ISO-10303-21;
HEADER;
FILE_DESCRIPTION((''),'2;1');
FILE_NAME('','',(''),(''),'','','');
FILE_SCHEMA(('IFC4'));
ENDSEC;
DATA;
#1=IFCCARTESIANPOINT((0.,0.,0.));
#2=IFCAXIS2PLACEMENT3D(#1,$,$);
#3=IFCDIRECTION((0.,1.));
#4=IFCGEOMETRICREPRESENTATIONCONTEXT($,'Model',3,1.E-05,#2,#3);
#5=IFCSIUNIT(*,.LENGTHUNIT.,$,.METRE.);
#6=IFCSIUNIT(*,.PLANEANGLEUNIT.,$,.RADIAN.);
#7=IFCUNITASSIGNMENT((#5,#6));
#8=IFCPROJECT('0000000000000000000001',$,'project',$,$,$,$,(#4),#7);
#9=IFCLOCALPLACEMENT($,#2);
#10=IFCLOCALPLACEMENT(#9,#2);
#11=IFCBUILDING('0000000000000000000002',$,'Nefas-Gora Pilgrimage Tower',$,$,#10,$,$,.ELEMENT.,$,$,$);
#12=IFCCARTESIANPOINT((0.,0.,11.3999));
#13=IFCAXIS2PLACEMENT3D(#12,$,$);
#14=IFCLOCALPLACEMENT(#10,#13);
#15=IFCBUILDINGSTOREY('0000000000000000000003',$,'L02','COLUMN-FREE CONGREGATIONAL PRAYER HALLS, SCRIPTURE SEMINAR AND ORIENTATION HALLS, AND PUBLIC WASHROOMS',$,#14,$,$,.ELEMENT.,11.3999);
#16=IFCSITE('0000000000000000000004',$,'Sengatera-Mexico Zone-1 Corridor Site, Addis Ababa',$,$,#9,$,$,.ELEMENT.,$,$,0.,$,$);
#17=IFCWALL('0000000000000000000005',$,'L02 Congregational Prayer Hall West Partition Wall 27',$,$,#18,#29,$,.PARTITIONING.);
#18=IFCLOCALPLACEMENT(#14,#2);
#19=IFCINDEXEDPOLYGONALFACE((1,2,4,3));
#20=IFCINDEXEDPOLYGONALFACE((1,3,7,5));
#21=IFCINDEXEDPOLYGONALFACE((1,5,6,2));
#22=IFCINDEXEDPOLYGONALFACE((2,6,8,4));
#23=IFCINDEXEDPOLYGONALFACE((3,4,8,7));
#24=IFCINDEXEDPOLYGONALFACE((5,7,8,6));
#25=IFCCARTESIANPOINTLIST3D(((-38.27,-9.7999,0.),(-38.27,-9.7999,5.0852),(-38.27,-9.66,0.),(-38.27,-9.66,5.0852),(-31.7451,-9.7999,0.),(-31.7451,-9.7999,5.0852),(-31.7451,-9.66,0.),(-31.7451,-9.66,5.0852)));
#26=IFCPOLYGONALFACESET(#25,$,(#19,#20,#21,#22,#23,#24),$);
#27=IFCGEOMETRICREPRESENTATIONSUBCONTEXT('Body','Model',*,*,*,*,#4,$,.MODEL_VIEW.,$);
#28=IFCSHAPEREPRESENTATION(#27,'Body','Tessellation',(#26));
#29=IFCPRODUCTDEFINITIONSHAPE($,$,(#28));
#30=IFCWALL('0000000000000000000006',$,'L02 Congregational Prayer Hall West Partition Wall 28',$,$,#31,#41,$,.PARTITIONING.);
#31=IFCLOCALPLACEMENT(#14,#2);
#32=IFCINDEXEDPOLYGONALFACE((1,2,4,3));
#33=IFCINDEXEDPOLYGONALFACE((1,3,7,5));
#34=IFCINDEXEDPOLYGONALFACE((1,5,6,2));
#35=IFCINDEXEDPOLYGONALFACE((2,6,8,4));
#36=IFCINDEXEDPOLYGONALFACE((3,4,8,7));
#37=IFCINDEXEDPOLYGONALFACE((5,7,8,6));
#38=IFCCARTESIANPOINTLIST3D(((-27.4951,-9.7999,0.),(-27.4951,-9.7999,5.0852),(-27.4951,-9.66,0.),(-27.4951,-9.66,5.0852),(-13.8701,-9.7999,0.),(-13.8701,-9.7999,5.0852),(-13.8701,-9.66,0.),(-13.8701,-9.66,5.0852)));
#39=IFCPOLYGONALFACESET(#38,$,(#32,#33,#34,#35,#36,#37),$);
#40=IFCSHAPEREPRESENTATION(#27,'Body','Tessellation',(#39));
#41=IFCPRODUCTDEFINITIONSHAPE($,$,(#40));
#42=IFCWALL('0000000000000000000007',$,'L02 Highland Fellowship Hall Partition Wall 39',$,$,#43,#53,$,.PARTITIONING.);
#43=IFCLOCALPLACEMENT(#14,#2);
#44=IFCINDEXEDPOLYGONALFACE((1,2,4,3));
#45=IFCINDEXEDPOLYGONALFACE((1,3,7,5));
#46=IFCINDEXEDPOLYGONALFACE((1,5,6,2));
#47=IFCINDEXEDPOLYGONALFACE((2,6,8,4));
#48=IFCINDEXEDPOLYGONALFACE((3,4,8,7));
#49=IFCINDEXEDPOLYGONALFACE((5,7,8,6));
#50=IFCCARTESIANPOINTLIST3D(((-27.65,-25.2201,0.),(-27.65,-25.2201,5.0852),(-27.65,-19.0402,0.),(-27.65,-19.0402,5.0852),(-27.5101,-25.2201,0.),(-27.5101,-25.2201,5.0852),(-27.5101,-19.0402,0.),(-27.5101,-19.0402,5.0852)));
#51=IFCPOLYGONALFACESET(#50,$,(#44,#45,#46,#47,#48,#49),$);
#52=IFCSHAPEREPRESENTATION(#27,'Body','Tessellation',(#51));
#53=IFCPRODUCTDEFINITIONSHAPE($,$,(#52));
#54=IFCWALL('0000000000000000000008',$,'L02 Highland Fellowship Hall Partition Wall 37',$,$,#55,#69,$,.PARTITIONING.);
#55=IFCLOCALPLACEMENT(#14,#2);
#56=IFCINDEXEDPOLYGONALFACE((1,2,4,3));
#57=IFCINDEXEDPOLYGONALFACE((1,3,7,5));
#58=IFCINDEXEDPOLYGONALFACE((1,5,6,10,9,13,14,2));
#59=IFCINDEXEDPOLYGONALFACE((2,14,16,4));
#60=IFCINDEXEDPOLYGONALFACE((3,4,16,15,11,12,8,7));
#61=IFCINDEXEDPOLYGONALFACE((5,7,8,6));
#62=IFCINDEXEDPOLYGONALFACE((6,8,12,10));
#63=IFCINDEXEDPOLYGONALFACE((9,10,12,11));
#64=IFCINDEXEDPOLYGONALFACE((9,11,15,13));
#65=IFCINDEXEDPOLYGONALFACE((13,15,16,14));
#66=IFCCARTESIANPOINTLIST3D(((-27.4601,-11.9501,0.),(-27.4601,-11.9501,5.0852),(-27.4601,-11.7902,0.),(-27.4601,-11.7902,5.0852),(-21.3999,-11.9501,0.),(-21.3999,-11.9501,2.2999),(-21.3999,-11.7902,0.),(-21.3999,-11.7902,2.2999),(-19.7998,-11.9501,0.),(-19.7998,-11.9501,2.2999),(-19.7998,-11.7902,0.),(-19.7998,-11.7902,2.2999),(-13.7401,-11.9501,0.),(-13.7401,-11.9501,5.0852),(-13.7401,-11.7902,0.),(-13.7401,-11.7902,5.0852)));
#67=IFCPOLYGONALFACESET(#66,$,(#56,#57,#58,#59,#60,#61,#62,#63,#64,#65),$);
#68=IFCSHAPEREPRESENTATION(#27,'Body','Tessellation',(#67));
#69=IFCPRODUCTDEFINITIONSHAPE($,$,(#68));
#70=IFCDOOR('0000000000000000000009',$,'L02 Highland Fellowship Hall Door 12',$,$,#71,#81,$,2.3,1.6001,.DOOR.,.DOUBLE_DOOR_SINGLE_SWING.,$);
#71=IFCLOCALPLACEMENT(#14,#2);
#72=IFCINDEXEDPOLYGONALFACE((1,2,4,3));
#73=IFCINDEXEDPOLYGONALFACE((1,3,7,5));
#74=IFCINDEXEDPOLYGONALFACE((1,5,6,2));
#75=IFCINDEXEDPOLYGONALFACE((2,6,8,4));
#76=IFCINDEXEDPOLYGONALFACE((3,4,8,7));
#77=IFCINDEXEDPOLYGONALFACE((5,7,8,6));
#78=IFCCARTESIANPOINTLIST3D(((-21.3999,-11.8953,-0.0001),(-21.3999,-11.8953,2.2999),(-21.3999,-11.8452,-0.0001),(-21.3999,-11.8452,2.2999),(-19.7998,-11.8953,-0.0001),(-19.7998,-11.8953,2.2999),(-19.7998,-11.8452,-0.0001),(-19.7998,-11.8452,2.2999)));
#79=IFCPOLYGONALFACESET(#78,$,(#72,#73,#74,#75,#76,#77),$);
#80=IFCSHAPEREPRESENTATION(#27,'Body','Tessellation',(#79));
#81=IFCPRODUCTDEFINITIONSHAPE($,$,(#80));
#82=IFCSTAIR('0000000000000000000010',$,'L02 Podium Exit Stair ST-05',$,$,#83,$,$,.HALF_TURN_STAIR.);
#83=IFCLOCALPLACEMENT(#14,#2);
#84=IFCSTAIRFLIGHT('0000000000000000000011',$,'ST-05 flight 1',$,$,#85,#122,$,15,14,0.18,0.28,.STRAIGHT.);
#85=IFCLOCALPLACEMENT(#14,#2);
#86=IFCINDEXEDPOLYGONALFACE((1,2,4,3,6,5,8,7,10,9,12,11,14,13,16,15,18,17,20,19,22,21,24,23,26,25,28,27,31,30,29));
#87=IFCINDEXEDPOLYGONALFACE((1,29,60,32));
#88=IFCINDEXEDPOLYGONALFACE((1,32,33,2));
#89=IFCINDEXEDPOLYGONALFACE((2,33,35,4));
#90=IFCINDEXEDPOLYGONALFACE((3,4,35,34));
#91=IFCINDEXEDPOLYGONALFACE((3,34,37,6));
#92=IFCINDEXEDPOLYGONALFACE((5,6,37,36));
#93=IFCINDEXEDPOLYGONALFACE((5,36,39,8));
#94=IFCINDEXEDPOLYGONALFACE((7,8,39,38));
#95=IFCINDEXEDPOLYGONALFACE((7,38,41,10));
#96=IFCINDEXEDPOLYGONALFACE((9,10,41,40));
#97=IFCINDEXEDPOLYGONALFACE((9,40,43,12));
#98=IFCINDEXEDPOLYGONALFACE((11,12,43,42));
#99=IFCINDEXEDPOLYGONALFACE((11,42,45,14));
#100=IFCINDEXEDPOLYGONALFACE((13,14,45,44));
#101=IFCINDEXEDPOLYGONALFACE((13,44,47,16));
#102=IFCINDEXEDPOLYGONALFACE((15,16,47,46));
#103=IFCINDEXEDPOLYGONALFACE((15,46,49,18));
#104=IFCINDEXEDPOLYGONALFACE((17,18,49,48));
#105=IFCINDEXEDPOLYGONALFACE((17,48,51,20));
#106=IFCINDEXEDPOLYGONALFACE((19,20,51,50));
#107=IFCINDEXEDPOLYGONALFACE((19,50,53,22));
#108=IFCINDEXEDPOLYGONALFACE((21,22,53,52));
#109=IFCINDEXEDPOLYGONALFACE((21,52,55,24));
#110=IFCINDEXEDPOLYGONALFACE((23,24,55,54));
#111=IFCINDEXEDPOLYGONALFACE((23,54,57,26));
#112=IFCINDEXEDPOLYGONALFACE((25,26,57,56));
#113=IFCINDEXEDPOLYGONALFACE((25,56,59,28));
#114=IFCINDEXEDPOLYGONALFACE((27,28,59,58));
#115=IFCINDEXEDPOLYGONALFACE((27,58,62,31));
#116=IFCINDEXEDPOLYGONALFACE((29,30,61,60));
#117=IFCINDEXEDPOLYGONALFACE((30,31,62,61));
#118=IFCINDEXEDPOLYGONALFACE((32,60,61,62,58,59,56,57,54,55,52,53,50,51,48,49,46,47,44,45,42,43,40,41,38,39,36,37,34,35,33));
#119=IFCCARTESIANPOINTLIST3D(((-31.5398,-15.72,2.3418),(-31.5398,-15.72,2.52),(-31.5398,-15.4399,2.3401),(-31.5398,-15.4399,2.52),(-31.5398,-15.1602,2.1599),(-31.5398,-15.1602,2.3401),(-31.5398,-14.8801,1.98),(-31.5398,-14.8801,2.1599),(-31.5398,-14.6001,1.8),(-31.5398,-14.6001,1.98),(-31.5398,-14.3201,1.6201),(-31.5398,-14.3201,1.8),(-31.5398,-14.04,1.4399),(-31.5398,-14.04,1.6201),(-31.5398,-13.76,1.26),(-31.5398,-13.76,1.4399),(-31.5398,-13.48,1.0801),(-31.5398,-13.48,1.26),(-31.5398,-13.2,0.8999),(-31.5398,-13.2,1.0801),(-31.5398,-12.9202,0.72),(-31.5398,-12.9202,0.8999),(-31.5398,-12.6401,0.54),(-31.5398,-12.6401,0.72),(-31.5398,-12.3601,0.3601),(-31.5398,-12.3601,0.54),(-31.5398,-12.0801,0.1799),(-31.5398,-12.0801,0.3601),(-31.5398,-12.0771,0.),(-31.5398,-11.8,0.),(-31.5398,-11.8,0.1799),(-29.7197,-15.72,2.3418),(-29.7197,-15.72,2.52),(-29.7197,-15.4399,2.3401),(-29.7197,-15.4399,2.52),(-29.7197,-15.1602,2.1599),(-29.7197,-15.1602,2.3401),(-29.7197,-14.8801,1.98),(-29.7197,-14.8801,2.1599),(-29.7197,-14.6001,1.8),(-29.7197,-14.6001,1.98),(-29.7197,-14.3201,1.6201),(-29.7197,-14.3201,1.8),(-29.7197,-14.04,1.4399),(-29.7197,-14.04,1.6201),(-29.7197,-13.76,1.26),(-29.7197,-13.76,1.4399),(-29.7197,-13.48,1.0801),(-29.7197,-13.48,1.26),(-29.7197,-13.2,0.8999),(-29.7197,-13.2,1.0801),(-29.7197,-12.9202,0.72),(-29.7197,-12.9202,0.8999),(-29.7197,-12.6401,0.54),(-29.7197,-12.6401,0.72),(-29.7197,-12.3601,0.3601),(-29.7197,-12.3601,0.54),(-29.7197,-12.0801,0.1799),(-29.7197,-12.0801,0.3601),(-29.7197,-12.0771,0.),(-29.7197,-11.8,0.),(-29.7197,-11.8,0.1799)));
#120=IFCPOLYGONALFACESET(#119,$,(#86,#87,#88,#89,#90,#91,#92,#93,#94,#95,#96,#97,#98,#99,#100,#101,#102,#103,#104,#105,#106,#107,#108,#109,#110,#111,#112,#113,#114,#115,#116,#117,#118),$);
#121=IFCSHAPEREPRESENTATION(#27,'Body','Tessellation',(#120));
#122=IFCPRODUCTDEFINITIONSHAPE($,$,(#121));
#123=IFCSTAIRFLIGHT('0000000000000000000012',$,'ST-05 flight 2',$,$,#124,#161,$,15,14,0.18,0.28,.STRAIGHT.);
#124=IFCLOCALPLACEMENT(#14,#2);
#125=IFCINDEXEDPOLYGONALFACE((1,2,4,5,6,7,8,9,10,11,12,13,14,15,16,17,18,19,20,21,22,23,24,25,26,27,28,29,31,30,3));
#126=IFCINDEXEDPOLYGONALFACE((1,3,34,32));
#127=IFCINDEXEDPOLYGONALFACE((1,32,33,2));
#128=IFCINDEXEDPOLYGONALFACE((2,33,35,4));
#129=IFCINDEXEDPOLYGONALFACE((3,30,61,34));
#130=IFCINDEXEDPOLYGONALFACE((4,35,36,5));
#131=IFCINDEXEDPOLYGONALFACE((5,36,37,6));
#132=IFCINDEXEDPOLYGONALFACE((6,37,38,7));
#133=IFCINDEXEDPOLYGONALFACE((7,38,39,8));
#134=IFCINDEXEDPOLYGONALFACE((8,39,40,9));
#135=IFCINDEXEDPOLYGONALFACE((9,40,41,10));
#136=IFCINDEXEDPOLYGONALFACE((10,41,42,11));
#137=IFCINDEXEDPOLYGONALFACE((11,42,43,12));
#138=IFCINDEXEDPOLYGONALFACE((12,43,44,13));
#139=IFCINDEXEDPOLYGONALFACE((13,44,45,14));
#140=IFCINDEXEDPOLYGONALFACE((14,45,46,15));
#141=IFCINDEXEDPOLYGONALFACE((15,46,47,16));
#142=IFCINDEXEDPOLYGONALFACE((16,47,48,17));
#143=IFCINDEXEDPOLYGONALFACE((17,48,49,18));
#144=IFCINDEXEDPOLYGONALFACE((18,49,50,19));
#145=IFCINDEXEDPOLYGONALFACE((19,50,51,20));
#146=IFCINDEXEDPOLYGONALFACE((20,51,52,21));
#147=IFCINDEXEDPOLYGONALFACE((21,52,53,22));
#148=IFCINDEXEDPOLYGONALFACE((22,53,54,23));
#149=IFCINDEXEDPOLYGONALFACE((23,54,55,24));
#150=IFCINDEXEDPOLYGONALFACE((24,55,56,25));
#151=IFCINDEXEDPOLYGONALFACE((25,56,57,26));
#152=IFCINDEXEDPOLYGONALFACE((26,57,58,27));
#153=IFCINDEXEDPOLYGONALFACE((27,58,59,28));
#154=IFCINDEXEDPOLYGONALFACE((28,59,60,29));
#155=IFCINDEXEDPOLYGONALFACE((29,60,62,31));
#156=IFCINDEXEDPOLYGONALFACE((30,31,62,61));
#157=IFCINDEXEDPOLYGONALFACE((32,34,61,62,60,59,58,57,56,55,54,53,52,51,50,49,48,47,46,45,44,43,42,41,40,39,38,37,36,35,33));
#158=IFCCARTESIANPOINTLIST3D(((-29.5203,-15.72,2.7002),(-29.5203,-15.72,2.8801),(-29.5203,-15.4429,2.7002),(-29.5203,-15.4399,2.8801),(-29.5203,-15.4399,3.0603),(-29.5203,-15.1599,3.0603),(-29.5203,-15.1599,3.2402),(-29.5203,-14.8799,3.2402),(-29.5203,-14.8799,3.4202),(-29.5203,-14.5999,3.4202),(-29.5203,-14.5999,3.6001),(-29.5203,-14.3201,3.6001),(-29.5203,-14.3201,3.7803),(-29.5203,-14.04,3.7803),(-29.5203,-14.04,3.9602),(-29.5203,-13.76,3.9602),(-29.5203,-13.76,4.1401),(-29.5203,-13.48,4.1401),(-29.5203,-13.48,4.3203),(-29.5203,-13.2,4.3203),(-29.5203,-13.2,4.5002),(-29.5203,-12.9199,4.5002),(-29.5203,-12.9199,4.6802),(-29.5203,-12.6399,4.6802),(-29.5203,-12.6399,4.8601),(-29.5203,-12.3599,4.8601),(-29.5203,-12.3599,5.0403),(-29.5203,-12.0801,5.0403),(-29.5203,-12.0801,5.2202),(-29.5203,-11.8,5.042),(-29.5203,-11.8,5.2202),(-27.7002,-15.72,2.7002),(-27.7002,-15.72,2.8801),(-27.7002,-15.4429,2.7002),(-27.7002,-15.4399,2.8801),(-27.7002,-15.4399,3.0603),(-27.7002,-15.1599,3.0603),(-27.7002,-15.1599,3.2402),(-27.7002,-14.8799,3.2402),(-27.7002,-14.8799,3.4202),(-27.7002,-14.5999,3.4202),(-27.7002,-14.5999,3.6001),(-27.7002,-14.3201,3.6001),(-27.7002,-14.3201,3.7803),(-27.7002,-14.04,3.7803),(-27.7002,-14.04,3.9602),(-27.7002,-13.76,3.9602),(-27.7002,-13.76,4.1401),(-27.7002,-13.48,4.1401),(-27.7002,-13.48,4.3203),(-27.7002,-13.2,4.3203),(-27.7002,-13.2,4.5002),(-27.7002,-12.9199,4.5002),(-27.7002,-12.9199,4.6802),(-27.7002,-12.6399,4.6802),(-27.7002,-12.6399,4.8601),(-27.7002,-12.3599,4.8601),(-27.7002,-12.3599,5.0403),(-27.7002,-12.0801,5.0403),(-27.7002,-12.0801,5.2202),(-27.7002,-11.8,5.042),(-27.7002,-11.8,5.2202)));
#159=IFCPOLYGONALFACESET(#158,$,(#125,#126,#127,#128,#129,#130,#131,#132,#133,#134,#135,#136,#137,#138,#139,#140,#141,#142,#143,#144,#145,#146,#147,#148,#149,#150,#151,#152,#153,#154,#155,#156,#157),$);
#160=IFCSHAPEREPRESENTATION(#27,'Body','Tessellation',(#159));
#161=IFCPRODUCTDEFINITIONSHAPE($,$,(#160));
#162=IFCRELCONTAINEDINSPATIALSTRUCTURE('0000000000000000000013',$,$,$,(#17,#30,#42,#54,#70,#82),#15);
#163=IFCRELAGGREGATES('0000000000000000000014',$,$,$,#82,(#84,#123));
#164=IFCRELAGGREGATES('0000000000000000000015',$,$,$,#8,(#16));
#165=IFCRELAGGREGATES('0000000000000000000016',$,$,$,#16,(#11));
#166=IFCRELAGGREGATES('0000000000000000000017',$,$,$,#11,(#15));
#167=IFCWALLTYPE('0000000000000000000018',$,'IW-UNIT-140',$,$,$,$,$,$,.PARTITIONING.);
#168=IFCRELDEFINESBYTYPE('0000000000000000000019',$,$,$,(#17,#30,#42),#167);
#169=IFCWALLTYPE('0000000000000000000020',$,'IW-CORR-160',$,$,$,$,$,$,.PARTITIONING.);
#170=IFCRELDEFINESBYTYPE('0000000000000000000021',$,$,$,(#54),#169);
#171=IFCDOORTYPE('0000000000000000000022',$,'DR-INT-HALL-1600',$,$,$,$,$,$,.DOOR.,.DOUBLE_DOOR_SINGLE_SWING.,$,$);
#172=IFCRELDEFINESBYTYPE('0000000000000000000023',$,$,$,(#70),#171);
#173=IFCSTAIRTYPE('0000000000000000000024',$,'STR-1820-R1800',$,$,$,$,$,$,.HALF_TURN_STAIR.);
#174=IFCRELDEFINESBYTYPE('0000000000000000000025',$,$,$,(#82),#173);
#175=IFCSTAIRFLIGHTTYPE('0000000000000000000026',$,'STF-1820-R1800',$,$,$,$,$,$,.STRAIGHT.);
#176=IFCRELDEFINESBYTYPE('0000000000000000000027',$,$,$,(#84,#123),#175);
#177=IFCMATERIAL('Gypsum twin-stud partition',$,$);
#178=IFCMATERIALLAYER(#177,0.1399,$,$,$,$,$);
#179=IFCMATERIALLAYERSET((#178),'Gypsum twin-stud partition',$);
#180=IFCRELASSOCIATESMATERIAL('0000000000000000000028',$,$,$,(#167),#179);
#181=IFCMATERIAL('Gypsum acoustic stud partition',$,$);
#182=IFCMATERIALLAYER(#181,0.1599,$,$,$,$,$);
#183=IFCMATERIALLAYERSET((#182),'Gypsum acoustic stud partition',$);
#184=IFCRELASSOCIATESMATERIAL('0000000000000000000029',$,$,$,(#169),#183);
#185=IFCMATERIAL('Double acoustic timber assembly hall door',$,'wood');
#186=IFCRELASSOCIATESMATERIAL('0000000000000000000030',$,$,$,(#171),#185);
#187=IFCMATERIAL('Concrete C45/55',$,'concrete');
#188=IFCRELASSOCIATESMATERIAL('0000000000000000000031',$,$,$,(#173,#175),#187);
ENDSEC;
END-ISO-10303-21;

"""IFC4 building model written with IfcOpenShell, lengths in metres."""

from ifc_helpers import new_model, si_unit, direction, frame, frame_2d, origin, place, context, subcontext, project, spatial, polyline, rectangle, outline, extrude, source, transform, mapped, material, layer, layer_set, type_object, element, fill, aggregate, save


model = new_model("IFC4")

# Units and contexts
model_context = context("Model", 3, precision=1e-05, world=origin(), true_north=direction((0.0, 1.0)))
body_context = subcontext(model_context, "Body", "Model", "MODEL_VIEW")
ifc_project = project(units=[si_unit("LENGTHUNIT", "METRE"), si_unit("PLANEANGLEUNIT", "RADIAN")], contexts=[model_context])

# Site, building, storey
site_placement = place(None, origin())
site = spatial("IfcSite", under=ifc_project, at=site_placement, Name="Sengatera-Mexico Zone-1 Corridor Site, Addis Ababa", CompositionType="ELEMENT", RefElevation=0.0)
building_placement = place(site_placement, origin())
building = spatial("IfcBuilding", under=site, at=building_placement, Name="Nefas-Gora Pilgrimage Tower", CompositionType="ELEMENT")
storey_placement = place(building_placement, frame((0.0, 0.0, 11.3999)))
storey = spatial("IfcBuildingStorey", under=building, at=storey_placement, Name="L02", Description="COLUMN-FREE CONGREGATIONAL PRAYER HALLS, SCRIPTURE SEMINAR AND ORIENTATION HALLS, AND PUBLIC WASHROOMS", CompositionType="ELEMENT", Elevation=11.3999)

# Shared definitions
ifc_material_1 = material(Name="Concrete C45/55", Category="concrete")

# Walls
ifc_material_2 = material(Name="Gypsum twin-stud partition")
ifc_layer_1 = layer(ifc_material_2, 0.1399)
ifc_layer_set_1 = layer_set([ifc_layer_1], Name="Gypsum twin-stud partition")
wall_type_1 = type_object("IfcWallType", Name="IW-UNIT-140", PredefinedType="PARTITIONING", material=ifc_layer_set_1)
shared_shape_1 = source(origin(), body_context, "Body", "SweptSolid", [
    extrude(rectangle(XDim=6.5249, YDim=0.1399, at=frame_2d((3.2625, 0.0))), origin(), (0.0, 0.0, 1.0), 5.0852),
])
wall_1_placement = place(storey_placement, frame((-38.27, -9.73, 0.0), z_axis=(0.0, 0.0, 1.0), x_axis=(1.0, 0.0, 0.0)))
element("IfcWall", 1, at=wall_1_placement, inside=storey, type_object=wall_type_1, Name="L02 Congregational Prayer Hall West Partition Wall 27", PredefinedType="PARTITIONING", context=body_context, shape_type="MappedRepresentation", body=[
    mapped(shared_shape_1, transform((0.0, 0.0, 0.0), x_axis=(1.0, 0.0, 0.0), y_axis=(0.0, 1.0, 0.0), z_axis=(0.0, 0.0, 1.0), scale=1.0)),
])
shared_shape_2 = source(origin(), body_context, "Body", "SweptSolid", [
    extrude(rectangle(XDim=13.625, YDim=0.1399, at=frame_2d((6.8125, 0.0))), origin(), (0.0, 0.0, 1.0), 5.0852),
])
wall_2_placement = place(storey_placement, frame((-27.4951, -9.73, 0.0), z_axis=(0.0, 0.0, 1.0), x_axis=(1.0, 0.0, 0.0)))
element("IfcWall", 2, at=wall_2_placement, inside=storey, type_object=wall_type_1, Name="L02 Congregational Prayer Hall West Partition Wall 28", PredefinedType="PARTITIONING", context=body_context, shape_type="MappedRepresentation", body=[
    mapped(shared_shape_2, transform((0.0, 0.0, 0.0), x_axis=(1.0, 0.0, 0.0), y_axis=(0.0, 1.0, 0.0), z_axis=(0.0, 0.0, 1.0), scale=1.0)),
])
shared_shape_3 = source(origin(), body_context, "Body", "SweptSolid", [
    extrude(rectangle(XDim=6.1799, YDim=0.1399, at=frame_2d((3.0898, 0.0))), origin(), (0.0, 0.0, 1.0), 5.0852),
])
wall_3_placement = place(storey_placement, frame((-27.5801, -25.22, 0.0), z_axis=(0.0, 0.0, 1.0), x_axis=(0.0, 1.0, 0.0)))
element("IfcWall", 3, at=wall_3_placement, inside=storey, type_object=wall_type_1, Name="L02 Highland Fellowship Hall Partition Wall 39", PredefinedType="PARTITIONING", context=body_context, shape_type="MappedRepresentation", body=[
    mapped(shared_shape_3, transform((0.0, 0.0, 0.0), x_axis=(1.0, 0.0, 0.0), y_axis=(0.0, 1.0, 0.0), z_axis=(0.0, 0.0, 1.0), scale=1.0)),
])

# Wall, opening, door
ifc_material_3 = material(Name="Gypsum acoustic stud partition")
ifc_layer_2 = layer(ifc_material_3, 0.1599)
ifc_layer_set_2 = layer_set([ifc_layer_2], Name="Gypsum acoustic stud partition")
wall_type_2 = type_object("IfcWallType", Name="IW-CORR-160", PredefinedType="PARTITIONING", material=ifc_layer_set_2)
shared_shape_4 = source(origin(), body_context, "Body", "SweptSolid", [
    extrude(rectangle(XDim=13.72, YDim=0.1599, at=frame_2d((6.8599, 0.0))), origin(), (0.0, 0.0, 1.0), 5.0852),
])
wall_4_placement = place(storey_placement, frame((-27.46, -11.8701, 0.0), z_axis=(0.0, 0.0, 1.0), x_axis=(1.0, 0.0, 0.0)))
wall_4 = element("IfcWall", 4, at=wall_4_placement, inside=storey, type_object=wall_type_2, Name="L02 Highland Fellowship Hall Partition Wall 37", PredefinedType="PARTITIONING", context=body_context, shape_type="MappedRepresentation", body=[
    mapped(shared_shape_4, transform((0.0, 0.0, 0.0), x_axis=(1.0, 0.0, 0.0), y_axis=(0.0, 1.0, 0.0), z_axis=(0.0, 0.0, 1.0), scale=1.0)),
])
opening_1_placement = place(wall_4_placement, frame((6.0601, 0.0, 0.0)))
opening_1 = element("IfcOpeningElement", 5, at=opening_1_placement, cuts=wall_4, PredefinedType="OPENING", context=body_context, shape_type="SweptSolid", body=[
    extrude(rectangle(XDim=1.6001, YDim=2.3, at=frame_2d((0.8, 1.1499))), frame((0.0, 0.0898, 0.0), z_axis=(0.0, -1.0, 0.0), x_axis=(1.0, 0.0, 0.0)), (0.0, 0.0, 1.0), 0.1799),
])
ifc_material_4 = material(Name="Double acoustic timber assembly hall door", Category="wood")
door_type_1 = type_object("IfcDoorType", Name="DR-INT-HALL-1600", OperationType="DOUBLE_DOOR_SINGLE_SWING", PredefinedType="DOOR", material=ifc_material_4)
shared_shape_5 = source(origin(), body_context, "Body", "SweptSolid", [
    extrude(rectangle(XDim=1.6001, YDim=2.3, at=frame_2d((0.8, 1.1499))), frame((0.0, 0.0249, 0.0), z_axis=(0.0, -1.0, 0.0), x_axis=(1.0, 0.0, 0.0)), (0.0, 0.0, 1.0), 0.05),
])
door_1_placement = place(opening_1_placement, origin())
door_1 = element("IfcDoor", 6, at=door_1_placement, inside=storey, type_object=door_type_1, Name="L02 Highland Fellowship Hall Door 12", OperationType="DOUBLE_DOOR_SINGLE_SWING", OverallHeight=2.3, OverallWidth=1.6001, PredefinedType="DOOR", context=body_context, shape_type="MappedRepresentation", body=[
    mapped(shared_shape_5, transform((0.0, 0.0, 0.0), x_axis=(1.0, 0.0, 0.0), y_axis=(0.0, 1.0, 0.0), z_axis=(0.0, 0.0, 1.0), scale=1.0)),
])
fill(opening_1, door_1)

# Stair, stair flights
stair_type = type_object("IfcStairType", Name="STR-1820-R1800", PredefinedType="HALF_TURN_STAIR", material=ifc_material_1)
stair_placement = place(storey_placement, origin())
stair = element("IfcStair", 7, at=stair_placement, inside=storey, type_object=stair_type, Name="L02 Podium Exit Stair ST-05", PredefinedType="HALF_TURN_STAIR")
stair_flight_type = type_object("IfcStairFlightType", Name="STF-1820-R1800", PredefinedType="STRAIGHT", material=ifc_material_1)
shared_shape_6 = source(origin(), body_context, "Body", "SweptSolid", [
    extrude(outline(polyline([(0.0, 0.0), (0.0, 0.1799), (0.28, 0.1799), (0.28, 0.3601), (0.5601, 0.3601), (0.5601, 0.54), (0.8401, 0.54), (0.8401, 0.72), (1.1201, 0.72), (1.1201, 0.8999), (1.3999, 0.8999), (1.3999, 1.0801), (1.6799, 1.0801), (1.6799, 1.26), (1.96, 1.26), (1.96, 1.4399), (2.24, 1.4399), (2.24, 1.6201), (2.52, 1.6201), (2.52, 1.8), (2.8, 1.8), (2.8, 1.98), (3.0801, 1.98), (3.0801, 2.1599), (3.3601, 2.1599), (3.3601, 2.3401), (3.6399, 2.3401), (3.6399, 2.52), (3.9199, 2.52), (3.9199, 2.7), (3.9199, 2.3418), (0.2771, 0.0), (0.0, 0.0)])), frame((0.0, 0.9102, 0.0), z_axis=(0.0, -1.0, 0.0), x_axis=(1.0, 0.0, 0.0)), (0.0, 0.0, 1.0), 1.8201),
])
stair_flight_1_placement = place(storey_placement, frame((-30.6299, -11.8, 0.0), z_axis=(0.0, 0.0, 1.0), x_axis=(0.0, -1.0, 0.0)))
stair_flight_1 = element("IfcStairFlight", 8, at=stair_flight_1_placement, type_object=stair_flight_type, Name="ST-05 flight 1", NumberOfRisers=15, NumberOfTreads=14, PredefinedType="STRAIGHT", RiserHeight=0.18, TreadLength=0.28, context=body_context, shape_type="MappedRepresentation", body=[
    mapped(shared_shape_6, transform((0.0, 0.0, 0.0), x_axis=(1.0, 0.0, 0.0), y_axis=(0.0, 1.0, 0.0), z_axis=(0.0, 0.0, 1.0), scale=1.0)),
])
stair_flight_2_placement = place(storey_placement, frame((-28.6101, -15.72, 2.7002), z_axis=(0.0, 0.0, 1.0), x_axis=(0.0, 1.0, 0.0)))
stair_flight_2 = element("IfcStairFlight", 9, at=stair_flight_2_placement, type_object=stair_flight_type, Name="ST-05 flight 2", NumberOfRisers=15, NumberOfTreads=14, PredefinedType="STRAIGHT", RiserHeight=0.18, TreadLength=0.28, context=body_context, shape_type="MappedRepresentation", body=[
    mapped(shared_shape_6, transform((0.0, 0.0, 0.0), x_axis=(1.0, 0.0, 0.0), y_axis=(0.0, 1.0, 0.0), z_axis=(0.0, 0.0, 1.0), scale=1.0)),
])
aggregate(stair, [stair_flight_1, stair_flight_2])

save(model, "model.ifc")
